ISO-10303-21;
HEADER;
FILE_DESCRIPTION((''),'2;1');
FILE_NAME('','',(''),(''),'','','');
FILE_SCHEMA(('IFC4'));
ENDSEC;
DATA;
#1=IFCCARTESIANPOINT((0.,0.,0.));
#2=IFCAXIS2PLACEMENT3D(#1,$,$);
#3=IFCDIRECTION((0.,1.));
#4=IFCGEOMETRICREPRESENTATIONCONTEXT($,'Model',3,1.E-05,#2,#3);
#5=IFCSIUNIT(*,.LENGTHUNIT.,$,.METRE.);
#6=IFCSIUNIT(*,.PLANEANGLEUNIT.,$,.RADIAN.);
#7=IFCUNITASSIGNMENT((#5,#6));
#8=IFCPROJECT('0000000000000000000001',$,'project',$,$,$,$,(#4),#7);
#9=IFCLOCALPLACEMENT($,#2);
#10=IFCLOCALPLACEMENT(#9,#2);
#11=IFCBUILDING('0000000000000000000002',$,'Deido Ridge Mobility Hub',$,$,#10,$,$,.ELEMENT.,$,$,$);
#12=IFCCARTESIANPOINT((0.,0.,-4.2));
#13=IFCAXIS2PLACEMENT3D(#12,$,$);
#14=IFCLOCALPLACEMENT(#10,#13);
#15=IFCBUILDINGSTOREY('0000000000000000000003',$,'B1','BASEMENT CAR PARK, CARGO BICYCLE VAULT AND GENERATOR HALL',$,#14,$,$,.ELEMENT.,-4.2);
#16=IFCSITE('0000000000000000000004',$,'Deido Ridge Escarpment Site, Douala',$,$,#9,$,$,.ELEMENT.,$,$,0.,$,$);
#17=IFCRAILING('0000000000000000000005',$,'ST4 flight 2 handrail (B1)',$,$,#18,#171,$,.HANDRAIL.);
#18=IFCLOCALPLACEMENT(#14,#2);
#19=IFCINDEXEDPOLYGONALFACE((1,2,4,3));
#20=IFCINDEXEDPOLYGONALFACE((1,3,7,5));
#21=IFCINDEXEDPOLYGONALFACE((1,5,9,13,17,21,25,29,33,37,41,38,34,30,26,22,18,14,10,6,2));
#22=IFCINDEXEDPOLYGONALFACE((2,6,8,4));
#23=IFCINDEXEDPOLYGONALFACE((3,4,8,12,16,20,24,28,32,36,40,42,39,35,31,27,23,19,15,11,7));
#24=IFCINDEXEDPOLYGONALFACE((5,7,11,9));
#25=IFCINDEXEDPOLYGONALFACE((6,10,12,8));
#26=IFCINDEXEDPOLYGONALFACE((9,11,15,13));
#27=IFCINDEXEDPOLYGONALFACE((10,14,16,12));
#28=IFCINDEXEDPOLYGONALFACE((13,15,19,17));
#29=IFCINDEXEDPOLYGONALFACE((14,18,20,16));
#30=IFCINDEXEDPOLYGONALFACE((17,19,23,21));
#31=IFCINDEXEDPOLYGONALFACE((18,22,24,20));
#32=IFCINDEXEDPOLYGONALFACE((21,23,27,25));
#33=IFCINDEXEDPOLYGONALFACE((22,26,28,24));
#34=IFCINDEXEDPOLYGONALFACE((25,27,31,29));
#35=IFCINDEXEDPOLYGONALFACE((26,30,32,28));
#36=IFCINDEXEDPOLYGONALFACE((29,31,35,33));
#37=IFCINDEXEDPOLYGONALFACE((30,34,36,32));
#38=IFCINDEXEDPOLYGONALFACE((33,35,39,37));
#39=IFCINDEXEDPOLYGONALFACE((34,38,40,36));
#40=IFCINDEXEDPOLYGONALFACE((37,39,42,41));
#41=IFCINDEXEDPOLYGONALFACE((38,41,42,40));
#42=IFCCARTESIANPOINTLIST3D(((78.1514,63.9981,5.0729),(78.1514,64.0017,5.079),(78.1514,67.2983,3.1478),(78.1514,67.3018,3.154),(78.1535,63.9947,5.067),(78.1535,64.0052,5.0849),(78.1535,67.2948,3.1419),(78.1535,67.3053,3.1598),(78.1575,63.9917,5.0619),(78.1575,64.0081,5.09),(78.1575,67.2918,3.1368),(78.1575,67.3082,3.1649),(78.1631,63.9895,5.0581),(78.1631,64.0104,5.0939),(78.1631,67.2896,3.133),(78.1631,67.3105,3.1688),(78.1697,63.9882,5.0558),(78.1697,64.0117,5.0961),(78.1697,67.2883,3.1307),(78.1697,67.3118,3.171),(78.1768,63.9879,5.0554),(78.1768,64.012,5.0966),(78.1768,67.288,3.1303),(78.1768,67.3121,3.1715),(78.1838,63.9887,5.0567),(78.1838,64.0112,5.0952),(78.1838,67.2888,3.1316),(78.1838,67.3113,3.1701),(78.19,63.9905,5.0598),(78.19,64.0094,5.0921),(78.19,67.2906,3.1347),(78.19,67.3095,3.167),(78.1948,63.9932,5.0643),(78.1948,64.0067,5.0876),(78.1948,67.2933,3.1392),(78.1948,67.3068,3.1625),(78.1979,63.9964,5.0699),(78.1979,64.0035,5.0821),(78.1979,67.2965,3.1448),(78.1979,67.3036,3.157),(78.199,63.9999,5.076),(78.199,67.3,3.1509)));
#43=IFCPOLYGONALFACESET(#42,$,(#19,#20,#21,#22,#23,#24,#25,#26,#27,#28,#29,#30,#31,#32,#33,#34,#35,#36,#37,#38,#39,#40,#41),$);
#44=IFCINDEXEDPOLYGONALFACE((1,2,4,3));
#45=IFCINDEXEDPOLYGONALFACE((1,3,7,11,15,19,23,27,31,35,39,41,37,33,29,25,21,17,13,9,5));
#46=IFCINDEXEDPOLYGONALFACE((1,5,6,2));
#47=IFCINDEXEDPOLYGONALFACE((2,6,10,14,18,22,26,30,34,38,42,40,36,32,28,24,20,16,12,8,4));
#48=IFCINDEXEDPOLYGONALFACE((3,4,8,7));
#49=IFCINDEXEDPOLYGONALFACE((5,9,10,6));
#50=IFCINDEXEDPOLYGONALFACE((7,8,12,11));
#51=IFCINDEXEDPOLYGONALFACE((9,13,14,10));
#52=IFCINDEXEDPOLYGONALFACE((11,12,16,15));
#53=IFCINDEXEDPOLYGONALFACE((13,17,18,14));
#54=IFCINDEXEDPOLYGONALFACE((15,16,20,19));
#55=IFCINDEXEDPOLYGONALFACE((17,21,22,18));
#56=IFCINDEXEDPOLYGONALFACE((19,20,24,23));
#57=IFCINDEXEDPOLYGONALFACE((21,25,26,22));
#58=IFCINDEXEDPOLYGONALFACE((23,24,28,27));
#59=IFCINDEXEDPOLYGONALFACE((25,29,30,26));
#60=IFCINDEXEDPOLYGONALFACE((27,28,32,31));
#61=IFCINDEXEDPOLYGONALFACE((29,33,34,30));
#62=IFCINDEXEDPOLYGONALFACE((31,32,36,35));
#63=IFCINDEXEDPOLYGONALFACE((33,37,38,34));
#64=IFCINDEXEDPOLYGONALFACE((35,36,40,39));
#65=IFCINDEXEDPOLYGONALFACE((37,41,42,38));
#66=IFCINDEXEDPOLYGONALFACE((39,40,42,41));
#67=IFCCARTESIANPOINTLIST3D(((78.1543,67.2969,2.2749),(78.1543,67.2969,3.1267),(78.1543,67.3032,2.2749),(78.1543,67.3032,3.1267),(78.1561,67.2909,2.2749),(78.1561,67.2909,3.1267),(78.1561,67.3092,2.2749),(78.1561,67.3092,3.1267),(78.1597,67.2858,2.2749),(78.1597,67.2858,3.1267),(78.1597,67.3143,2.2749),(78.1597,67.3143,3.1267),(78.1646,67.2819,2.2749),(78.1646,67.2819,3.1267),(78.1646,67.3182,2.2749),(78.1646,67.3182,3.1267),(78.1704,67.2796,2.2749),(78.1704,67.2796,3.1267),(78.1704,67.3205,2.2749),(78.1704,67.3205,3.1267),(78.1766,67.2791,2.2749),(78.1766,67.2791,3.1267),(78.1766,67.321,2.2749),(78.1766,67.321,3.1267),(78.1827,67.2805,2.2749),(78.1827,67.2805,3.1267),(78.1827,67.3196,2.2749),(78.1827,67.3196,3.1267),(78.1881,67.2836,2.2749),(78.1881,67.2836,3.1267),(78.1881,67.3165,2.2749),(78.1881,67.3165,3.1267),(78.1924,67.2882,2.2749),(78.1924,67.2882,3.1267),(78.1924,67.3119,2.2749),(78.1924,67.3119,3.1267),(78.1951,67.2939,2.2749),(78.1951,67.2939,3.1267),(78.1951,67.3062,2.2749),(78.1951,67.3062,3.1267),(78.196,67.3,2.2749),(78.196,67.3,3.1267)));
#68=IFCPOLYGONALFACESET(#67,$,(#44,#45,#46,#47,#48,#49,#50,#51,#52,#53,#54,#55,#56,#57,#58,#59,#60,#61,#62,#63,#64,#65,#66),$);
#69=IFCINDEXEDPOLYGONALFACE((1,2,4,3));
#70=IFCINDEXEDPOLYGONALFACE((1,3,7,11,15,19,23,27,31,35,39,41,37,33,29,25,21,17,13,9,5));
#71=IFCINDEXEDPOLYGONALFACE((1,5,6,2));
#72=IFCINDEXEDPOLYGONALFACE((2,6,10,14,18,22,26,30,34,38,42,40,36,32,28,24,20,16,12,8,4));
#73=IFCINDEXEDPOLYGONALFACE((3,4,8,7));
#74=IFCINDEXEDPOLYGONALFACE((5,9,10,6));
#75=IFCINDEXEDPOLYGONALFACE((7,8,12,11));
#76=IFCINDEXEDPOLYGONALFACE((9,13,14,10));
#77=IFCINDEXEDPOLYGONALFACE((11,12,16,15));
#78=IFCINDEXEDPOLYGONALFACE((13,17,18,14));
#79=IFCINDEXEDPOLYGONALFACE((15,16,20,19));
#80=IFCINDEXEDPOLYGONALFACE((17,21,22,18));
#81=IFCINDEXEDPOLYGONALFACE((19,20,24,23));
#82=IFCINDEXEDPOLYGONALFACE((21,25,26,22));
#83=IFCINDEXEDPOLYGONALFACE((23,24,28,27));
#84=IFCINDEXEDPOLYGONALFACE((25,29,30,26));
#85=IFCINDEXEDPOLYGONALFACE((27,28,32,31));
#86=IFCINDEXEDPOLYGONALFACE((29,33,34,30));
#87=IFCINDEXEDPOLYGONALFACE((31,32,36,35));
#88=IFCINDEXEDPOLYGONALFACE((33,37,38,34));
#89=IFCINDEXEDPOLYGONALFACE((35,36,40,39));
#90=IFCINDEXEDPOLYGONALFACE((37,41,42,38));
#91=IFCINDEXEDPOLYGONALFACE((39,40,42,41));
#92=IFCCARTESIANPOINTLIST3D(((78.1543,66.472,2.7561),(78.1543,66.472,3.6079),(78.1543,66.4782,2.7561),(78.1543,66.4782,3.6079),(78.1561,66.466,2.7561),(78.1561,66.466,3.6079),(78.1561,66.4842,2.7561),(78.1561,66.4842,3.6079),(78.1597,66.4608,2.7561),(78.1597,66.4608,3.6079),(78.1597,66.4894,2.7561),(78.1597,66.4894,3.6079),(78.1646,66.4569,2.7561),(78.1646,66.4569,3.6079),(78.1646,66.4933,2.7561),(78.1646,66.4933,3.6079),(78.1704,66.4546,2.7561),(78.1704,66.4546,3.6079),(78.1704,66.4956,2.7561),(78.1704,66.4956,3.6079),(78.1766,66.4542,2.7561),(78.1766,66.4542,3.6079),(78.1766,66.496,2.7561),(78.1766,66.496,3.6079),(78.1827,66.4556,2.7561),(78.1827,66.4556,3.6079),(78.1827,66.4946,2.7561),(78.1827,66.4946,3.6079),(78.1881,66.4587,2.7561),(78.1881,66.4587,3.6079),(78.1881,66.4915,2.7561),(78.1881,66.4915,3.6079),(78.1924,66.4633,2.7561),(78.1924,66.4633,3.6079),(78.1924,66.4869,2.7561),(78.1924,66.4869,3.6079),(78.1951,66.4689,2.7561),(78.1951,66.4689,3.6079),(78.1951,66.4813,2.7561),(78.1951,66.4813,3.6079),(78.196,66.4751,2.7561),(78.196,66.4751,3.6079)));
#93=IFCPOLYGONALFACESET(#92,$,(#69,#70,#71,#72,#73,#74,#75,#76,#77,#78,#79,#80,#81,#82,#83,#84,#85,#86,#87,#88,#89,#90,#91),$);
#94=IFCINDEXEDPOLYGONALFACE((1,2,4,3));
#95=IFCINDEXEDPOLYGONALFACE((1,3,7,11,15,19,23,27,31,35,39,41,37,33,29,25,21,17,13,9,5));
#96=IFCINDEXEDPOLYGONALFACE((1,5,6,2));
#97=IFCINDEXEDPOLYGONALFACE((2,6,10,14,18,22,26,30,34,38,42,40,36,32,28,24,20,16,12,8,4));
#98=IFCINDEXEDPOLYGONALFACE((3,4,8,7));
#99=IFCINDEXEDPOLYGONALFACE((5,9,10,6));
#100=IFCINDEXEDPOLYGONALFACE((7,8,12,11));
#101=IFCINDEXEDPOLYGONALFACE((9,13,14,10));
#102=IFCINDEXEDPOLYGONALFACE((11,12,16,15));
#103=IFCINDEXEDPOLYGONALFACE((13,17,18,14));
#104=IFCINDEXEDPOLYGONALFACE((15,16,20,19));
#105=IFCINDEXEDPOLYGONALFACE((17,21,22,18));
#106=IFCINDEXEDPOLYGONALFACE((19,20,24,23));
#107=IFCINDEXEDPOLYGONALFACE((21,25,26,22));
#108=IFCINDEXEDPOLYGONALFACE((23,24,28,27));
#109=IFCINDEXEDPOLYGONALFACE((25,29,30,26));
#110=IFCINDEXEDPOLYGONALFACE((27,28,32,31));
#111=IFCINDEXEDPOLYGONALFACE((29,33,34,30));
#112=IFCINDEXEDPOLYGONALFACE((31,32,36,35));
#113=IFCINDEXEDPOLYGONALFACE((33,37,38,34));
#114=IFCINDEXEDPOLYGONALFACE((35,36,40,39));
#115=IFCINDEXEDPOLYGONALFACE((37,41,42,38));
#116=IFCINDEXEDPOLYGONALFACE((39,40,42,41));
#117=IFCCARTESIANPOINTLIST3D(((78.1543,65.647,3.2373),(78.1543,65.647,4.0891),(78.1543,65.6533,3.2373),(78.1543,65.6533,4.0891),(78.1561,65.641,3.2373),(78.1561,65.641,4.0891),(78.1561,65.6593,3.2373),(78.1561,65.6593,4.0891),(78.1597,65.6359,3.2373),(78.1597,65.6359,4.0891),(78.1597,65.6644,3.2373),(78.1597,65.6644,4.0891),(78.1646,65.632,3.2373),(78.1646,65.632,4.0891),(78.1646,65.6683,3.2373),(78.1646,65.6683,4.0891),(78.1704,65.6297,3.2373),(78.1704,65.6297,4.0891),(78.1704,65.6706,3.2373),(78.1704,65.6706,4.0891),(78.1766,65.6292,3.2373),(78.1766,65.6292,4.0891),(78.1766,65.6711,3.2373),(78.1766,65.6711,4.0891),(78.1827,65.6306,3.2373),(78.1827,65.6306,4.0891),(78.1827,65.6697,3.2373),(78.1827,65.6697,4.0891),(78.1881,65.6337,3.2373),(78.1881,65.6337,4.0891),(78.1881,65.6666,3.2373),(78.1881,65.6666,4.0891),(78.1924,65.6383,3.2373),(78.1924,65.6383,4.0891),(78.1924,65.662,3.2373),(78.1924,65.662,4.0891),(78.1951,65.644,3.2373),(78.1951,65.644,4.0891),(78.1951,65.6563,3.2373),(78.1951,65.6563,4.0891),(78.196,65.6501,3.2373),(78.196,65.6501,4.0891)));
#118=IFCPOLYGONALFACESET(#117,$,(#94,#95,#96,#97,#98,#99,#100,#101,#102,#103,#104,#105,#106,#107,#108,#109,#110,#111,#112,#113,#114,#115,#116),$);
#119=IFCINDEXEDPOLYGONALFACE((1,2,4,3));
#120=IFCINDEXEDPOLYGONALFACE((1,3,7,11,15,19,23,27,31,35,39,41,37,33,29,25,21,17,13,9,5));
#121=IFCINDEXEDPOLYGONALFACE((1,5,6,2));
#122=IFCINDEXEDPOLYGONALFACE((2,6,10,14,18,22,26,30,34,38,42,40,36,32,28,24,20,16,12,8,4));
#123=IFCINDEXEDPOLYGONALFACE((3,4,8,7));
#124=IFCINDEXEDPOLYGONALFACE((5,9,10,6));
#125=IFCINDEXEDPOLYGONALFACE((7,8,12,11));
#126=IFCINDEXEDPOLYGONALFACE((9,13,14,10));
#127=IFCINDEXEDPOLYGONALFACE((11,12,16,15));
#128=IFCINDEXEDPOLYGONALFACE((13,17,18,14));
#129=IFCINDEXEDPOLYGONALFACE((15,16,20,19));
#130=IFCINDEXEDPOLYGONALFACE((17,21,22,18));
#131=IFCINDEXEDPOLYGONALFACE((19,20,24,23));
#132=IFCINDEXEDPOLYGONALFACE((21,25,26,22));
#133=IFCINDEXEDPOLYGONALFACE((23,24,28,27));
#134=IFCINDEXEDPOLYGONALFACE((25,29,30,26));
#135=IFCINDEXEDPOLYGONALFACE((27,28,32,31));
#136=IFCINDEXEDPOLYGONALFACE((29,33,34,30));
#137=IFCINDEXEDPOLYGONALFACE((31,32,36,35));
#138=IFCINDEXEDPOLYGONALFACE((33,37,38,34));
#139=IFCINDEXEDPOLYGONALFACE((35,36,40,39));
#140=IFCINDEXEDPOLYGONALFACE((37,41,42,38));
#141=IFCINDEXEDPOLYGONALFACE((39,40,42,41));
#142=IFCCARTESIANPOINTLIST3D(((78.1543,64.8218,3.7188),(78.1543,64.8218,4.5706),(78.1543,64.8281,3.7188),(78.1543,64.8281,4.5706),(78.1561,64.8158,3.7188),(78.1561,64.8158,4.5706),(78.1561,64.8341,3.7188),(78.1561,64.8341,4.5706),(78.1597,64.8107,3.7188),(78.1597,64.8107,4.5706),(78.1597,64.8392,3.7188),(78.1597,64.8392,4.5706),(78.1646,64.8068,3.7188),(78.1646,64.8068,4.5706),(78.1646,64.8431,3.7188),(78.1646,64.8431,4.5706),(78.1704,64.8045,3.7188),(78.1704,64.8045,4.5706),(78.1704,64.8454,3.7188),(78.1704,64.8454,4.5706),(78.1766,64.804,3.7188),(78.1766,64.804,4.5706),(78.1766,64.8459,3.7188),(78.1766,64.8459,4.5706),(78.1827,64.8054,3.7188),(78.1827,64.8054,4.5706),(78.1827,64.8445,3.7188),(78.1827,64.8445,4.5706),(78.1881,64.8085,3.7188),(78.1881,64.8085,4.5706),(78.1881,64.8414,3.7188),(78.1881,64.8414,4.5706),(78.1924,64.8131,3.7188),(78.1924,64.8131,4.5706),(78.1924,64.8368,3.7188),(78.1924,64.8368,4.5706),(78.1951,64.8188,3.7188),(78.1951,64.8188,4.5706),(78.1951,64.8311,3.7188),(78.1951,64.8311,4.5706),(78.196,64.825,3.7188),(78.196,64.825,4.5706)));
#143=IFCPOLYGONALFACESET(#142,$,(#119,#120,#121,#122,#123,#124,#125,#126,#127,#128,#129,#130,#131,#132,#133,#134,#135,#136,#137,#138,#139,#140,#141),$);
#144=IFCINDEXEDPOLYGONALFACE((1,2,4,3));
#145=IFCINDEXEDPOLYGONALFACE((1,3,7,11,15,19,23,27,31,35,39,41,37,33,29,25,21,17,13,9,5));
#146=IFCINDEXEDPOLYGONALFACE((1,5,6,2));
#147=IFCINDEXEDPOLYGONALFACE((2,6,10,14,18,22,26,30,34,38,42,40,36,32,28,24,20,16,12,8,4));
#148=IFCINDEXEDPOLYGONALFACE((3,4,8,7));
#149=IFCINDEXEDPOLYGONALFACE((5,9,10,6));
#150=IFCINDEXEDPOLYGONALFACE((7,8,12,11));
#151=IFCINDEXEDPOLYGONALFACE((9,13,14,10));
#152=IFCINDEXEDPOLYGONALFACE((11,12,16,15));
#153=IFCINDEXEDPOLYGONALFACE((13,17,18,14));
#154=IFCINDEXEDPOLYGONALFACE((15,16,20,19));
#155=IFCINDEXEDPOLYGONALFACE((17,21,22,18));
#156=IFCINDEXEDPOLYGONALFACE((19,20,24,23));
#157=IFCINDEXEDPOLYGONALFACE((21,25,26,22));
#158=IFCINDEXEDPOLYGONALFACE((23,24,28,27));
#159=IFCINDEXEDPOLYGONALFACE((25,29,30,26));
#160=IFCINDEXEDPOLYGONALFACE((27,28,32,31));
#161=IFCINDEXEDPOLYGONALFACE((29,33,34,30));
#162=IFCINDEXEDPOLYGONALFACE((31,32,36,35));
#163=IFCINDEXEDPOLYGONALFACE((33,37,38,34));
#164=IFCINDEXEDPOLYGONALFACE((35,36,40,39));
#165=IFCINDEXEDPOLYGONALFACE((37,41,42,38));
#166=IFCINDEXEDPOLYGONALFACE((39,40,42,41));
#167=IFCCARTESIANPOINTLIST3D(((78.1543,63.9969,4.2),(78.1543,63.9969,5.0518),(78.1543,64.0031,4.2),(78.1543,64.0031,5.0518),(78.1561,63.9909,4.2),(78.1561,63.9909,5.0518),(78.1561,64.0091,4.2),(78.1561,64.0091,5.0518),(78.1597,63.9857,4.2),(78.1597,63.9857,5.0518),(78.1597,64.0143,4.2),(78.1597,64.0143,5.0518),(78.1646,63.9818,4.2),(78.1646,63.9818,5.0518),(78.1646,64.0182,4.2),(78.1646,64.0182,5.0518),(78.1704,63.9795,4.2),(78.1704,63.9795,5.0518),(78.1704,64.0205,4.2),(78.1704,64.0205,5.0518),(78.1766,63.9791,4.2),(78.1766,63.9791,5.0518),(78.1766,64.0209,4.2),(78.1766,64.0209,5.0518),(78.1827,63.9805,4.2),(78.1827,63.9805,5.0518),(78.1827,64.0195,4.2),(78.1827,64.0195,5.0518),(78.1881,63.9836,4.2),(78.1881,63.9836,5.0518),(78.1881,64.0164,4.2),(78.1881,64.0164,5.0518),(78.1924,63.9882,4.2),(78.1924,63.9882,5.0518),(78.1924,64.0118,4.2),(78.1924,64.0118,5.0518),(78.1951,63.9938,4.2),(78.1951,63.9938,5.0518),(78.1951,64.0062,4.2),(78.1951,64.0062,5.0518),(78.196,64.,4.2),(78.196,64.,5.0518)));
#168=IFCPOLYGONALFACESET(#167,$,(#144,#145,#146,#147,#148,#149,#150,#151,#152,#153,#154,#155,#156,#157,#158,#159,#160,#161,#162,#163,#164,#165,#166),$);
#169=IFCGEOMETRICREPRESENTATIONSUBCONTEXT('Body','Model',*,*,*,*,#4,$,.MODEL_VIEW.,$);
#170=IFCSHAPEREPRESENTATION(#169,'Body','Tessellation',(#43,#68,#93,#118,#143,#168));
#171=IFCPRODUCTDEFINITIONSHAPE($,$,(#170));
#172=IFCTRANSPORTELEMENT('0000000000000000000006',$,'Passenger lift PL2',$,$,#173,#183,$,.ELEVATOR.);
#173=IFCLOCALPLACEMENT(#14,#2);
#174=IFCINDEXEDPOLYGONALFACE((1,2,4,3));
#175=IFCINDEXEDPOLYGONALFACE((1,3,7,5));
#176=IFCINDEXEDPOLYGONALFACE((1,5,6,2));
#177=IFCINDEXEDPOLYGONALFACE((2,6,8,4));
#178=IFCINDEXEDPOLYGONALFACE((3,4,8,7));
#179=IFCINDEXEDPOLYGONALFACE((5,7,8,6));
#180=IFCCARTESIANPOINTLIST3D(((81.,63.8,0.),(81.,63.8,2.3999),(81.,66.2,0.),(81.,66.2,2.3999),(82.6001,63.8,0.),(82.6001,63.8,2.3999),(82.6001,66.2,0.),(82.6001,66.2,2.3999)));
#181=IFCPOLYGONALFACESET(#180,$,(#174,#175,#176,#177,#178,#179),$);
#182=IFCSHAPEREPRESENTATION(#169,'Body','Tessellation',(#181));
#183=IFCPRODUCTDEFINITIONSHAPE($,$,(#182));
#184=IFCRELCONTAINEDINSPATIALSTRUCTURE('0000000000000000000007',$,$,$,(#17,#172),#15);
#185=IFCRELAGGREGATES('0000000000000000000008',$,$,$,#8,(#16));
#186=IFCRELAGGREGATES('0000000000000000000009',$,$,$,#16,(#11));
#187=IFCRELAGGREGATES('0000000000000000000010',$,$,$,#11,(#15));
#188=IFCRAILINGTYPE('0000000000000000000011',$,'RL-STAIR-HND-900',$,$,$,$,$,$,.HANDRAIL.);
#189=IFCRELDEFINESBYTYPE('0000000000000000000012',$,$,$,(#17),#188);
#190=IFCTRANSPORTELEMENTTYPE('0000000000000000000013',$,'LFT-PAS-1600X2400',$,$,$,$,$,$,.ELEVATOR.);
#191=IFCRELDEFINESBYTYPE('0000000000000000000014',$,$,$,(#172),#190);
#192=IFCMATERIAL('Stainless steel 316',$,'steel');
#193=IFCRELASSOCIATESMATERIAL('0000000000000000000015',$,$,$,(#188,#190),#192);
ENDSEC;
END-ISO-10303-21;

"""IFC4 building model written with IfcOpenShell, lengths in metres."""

from ifc_helpers import new_model, si_unit, direction, frame, origin, origin_2d, place, context, subcontext, project, spatial, rectangle, circle, extrude, material, type_object, element, save


model = new_model("IFC4")

# Units and contexts
model_context = context("Model", 3, precision=1e-05, world=origin(), true_north=direction((0.0, 1.0)))
body_context = subcontext(model_context, "Body", "Model", "MODEL_VIEW")
ifc_project = project(units=[si_unit("LENGTHUNIT", "METRE"), si_unit("PLANEANGLEUNIT", "RADIAN")], contexts=[model_context])

# Site, building, storey
site_placement = place(None, origin())
site = spatial("IfcSite", under=ifc_project, at=site_placement, Name="Deido Ridge Escarpment Site, Douala", CompositionType="ELEMENT", RefElevation=0.0)
building_placement = place(site_placement, origin())
building = spatial("IfcBuilding", under=site, at=building_placement, Name="Deido Ridge Mobility Hub", CompositionType="ELEMENT")
storey_placement = place(building_placement, frame((0.0, 0.0, -4.2)))
storey = spatial("IfcBuildingStorey", under=building, at=storey_placement, Name="B1", Description="BASEMENT CAR PARK, CARGO BICYCLE VAULT AND GENERATOR HALL", CompositionType="ELEMENT", Elevation=-4.2)

# Shared definitions
ifc_material_1 = material(Name="Stainless steel 316", Category="steel")

# Railing
railing_type_1 = type_object("IfcRailingType", Name="RL-STAIR-HND-900", PredefinedType="HANDRAIL", material=ifc_material_1)
railing_1_placement = place(storey_placement, frame((78.175, 67.3, 2.2749)))
element("IfcRailing", 1, at=railing_1_placement, inside=storey, type_object=railing_type_1, Name="ST4 flight 2 handrail (B1)", PredefinedType="HANDRAIL", context=body_context, shape_type="SweptSolid", body=[
    extrude(circle(Radius=0.0239, at=origin_2d()), frame((0.0, 0.0, 0.876), z_axis=(0.0, -0.863777, 0.503875), x_axis=(1.0, 0.0, 0.0)), (0.0, 0.0, 1.0), 3.8206),
    extrude(circle(Radius=0.021, at=origin_2d()), origin(), (0.0, 0.0, 1.0), 0.8518),
    extrude(circle(Radius=0.021, at=origin_2d()), frame((0.0, -0.825, 0.4812)), (0.0, 0.0, 1.0), 0.8518),
    extrude(circle(Radius=0.021, at=origin_2d()), frame((0.0, -1.6499, 0.9624)), (0.0, 0.0, 1.0), 0.8518),
    extrude(circle(Radius=0.021, at=origin_2d()), frame((0.0, -2.4751, 1.4438)), (0.0, 0.0, 1.0), 0.8518),
    extrude(circle(Radius=0.021, at=origin_2d()), frame((0.0, -3.3, 1.925)), (0.0, 0.0, 1.0), 0.8518),
])

# Transport element
transport_element_type = type_object("IfcTransportElementType", Name="LFT-PAS-1600X2400", PredefinedType="ELEVATOR", material=ifc_material_1)
transport_element_placement = place(storey_placement, frame((81.8, 65.0, 0.0), z_axis=(0.0, 0.0, 1.0), x_axis=(1.0, 0.0, 0.0)))
element("IfcTransportElement", 2, at=transport_element_placement, inside=storey, type_object=transport_element_type, Name="Passenger lift PL2", PredefinedType="ELEVATOR", context=body_context, shape_type="SweptSolid", body=[
    extrude(rectangle(XDim=1.6001, YDim=2.3999, at=origin_2d()), origin(), (0.0, 0.0, 1.0), 2.3999),
])

save(model, "model.ifc")
